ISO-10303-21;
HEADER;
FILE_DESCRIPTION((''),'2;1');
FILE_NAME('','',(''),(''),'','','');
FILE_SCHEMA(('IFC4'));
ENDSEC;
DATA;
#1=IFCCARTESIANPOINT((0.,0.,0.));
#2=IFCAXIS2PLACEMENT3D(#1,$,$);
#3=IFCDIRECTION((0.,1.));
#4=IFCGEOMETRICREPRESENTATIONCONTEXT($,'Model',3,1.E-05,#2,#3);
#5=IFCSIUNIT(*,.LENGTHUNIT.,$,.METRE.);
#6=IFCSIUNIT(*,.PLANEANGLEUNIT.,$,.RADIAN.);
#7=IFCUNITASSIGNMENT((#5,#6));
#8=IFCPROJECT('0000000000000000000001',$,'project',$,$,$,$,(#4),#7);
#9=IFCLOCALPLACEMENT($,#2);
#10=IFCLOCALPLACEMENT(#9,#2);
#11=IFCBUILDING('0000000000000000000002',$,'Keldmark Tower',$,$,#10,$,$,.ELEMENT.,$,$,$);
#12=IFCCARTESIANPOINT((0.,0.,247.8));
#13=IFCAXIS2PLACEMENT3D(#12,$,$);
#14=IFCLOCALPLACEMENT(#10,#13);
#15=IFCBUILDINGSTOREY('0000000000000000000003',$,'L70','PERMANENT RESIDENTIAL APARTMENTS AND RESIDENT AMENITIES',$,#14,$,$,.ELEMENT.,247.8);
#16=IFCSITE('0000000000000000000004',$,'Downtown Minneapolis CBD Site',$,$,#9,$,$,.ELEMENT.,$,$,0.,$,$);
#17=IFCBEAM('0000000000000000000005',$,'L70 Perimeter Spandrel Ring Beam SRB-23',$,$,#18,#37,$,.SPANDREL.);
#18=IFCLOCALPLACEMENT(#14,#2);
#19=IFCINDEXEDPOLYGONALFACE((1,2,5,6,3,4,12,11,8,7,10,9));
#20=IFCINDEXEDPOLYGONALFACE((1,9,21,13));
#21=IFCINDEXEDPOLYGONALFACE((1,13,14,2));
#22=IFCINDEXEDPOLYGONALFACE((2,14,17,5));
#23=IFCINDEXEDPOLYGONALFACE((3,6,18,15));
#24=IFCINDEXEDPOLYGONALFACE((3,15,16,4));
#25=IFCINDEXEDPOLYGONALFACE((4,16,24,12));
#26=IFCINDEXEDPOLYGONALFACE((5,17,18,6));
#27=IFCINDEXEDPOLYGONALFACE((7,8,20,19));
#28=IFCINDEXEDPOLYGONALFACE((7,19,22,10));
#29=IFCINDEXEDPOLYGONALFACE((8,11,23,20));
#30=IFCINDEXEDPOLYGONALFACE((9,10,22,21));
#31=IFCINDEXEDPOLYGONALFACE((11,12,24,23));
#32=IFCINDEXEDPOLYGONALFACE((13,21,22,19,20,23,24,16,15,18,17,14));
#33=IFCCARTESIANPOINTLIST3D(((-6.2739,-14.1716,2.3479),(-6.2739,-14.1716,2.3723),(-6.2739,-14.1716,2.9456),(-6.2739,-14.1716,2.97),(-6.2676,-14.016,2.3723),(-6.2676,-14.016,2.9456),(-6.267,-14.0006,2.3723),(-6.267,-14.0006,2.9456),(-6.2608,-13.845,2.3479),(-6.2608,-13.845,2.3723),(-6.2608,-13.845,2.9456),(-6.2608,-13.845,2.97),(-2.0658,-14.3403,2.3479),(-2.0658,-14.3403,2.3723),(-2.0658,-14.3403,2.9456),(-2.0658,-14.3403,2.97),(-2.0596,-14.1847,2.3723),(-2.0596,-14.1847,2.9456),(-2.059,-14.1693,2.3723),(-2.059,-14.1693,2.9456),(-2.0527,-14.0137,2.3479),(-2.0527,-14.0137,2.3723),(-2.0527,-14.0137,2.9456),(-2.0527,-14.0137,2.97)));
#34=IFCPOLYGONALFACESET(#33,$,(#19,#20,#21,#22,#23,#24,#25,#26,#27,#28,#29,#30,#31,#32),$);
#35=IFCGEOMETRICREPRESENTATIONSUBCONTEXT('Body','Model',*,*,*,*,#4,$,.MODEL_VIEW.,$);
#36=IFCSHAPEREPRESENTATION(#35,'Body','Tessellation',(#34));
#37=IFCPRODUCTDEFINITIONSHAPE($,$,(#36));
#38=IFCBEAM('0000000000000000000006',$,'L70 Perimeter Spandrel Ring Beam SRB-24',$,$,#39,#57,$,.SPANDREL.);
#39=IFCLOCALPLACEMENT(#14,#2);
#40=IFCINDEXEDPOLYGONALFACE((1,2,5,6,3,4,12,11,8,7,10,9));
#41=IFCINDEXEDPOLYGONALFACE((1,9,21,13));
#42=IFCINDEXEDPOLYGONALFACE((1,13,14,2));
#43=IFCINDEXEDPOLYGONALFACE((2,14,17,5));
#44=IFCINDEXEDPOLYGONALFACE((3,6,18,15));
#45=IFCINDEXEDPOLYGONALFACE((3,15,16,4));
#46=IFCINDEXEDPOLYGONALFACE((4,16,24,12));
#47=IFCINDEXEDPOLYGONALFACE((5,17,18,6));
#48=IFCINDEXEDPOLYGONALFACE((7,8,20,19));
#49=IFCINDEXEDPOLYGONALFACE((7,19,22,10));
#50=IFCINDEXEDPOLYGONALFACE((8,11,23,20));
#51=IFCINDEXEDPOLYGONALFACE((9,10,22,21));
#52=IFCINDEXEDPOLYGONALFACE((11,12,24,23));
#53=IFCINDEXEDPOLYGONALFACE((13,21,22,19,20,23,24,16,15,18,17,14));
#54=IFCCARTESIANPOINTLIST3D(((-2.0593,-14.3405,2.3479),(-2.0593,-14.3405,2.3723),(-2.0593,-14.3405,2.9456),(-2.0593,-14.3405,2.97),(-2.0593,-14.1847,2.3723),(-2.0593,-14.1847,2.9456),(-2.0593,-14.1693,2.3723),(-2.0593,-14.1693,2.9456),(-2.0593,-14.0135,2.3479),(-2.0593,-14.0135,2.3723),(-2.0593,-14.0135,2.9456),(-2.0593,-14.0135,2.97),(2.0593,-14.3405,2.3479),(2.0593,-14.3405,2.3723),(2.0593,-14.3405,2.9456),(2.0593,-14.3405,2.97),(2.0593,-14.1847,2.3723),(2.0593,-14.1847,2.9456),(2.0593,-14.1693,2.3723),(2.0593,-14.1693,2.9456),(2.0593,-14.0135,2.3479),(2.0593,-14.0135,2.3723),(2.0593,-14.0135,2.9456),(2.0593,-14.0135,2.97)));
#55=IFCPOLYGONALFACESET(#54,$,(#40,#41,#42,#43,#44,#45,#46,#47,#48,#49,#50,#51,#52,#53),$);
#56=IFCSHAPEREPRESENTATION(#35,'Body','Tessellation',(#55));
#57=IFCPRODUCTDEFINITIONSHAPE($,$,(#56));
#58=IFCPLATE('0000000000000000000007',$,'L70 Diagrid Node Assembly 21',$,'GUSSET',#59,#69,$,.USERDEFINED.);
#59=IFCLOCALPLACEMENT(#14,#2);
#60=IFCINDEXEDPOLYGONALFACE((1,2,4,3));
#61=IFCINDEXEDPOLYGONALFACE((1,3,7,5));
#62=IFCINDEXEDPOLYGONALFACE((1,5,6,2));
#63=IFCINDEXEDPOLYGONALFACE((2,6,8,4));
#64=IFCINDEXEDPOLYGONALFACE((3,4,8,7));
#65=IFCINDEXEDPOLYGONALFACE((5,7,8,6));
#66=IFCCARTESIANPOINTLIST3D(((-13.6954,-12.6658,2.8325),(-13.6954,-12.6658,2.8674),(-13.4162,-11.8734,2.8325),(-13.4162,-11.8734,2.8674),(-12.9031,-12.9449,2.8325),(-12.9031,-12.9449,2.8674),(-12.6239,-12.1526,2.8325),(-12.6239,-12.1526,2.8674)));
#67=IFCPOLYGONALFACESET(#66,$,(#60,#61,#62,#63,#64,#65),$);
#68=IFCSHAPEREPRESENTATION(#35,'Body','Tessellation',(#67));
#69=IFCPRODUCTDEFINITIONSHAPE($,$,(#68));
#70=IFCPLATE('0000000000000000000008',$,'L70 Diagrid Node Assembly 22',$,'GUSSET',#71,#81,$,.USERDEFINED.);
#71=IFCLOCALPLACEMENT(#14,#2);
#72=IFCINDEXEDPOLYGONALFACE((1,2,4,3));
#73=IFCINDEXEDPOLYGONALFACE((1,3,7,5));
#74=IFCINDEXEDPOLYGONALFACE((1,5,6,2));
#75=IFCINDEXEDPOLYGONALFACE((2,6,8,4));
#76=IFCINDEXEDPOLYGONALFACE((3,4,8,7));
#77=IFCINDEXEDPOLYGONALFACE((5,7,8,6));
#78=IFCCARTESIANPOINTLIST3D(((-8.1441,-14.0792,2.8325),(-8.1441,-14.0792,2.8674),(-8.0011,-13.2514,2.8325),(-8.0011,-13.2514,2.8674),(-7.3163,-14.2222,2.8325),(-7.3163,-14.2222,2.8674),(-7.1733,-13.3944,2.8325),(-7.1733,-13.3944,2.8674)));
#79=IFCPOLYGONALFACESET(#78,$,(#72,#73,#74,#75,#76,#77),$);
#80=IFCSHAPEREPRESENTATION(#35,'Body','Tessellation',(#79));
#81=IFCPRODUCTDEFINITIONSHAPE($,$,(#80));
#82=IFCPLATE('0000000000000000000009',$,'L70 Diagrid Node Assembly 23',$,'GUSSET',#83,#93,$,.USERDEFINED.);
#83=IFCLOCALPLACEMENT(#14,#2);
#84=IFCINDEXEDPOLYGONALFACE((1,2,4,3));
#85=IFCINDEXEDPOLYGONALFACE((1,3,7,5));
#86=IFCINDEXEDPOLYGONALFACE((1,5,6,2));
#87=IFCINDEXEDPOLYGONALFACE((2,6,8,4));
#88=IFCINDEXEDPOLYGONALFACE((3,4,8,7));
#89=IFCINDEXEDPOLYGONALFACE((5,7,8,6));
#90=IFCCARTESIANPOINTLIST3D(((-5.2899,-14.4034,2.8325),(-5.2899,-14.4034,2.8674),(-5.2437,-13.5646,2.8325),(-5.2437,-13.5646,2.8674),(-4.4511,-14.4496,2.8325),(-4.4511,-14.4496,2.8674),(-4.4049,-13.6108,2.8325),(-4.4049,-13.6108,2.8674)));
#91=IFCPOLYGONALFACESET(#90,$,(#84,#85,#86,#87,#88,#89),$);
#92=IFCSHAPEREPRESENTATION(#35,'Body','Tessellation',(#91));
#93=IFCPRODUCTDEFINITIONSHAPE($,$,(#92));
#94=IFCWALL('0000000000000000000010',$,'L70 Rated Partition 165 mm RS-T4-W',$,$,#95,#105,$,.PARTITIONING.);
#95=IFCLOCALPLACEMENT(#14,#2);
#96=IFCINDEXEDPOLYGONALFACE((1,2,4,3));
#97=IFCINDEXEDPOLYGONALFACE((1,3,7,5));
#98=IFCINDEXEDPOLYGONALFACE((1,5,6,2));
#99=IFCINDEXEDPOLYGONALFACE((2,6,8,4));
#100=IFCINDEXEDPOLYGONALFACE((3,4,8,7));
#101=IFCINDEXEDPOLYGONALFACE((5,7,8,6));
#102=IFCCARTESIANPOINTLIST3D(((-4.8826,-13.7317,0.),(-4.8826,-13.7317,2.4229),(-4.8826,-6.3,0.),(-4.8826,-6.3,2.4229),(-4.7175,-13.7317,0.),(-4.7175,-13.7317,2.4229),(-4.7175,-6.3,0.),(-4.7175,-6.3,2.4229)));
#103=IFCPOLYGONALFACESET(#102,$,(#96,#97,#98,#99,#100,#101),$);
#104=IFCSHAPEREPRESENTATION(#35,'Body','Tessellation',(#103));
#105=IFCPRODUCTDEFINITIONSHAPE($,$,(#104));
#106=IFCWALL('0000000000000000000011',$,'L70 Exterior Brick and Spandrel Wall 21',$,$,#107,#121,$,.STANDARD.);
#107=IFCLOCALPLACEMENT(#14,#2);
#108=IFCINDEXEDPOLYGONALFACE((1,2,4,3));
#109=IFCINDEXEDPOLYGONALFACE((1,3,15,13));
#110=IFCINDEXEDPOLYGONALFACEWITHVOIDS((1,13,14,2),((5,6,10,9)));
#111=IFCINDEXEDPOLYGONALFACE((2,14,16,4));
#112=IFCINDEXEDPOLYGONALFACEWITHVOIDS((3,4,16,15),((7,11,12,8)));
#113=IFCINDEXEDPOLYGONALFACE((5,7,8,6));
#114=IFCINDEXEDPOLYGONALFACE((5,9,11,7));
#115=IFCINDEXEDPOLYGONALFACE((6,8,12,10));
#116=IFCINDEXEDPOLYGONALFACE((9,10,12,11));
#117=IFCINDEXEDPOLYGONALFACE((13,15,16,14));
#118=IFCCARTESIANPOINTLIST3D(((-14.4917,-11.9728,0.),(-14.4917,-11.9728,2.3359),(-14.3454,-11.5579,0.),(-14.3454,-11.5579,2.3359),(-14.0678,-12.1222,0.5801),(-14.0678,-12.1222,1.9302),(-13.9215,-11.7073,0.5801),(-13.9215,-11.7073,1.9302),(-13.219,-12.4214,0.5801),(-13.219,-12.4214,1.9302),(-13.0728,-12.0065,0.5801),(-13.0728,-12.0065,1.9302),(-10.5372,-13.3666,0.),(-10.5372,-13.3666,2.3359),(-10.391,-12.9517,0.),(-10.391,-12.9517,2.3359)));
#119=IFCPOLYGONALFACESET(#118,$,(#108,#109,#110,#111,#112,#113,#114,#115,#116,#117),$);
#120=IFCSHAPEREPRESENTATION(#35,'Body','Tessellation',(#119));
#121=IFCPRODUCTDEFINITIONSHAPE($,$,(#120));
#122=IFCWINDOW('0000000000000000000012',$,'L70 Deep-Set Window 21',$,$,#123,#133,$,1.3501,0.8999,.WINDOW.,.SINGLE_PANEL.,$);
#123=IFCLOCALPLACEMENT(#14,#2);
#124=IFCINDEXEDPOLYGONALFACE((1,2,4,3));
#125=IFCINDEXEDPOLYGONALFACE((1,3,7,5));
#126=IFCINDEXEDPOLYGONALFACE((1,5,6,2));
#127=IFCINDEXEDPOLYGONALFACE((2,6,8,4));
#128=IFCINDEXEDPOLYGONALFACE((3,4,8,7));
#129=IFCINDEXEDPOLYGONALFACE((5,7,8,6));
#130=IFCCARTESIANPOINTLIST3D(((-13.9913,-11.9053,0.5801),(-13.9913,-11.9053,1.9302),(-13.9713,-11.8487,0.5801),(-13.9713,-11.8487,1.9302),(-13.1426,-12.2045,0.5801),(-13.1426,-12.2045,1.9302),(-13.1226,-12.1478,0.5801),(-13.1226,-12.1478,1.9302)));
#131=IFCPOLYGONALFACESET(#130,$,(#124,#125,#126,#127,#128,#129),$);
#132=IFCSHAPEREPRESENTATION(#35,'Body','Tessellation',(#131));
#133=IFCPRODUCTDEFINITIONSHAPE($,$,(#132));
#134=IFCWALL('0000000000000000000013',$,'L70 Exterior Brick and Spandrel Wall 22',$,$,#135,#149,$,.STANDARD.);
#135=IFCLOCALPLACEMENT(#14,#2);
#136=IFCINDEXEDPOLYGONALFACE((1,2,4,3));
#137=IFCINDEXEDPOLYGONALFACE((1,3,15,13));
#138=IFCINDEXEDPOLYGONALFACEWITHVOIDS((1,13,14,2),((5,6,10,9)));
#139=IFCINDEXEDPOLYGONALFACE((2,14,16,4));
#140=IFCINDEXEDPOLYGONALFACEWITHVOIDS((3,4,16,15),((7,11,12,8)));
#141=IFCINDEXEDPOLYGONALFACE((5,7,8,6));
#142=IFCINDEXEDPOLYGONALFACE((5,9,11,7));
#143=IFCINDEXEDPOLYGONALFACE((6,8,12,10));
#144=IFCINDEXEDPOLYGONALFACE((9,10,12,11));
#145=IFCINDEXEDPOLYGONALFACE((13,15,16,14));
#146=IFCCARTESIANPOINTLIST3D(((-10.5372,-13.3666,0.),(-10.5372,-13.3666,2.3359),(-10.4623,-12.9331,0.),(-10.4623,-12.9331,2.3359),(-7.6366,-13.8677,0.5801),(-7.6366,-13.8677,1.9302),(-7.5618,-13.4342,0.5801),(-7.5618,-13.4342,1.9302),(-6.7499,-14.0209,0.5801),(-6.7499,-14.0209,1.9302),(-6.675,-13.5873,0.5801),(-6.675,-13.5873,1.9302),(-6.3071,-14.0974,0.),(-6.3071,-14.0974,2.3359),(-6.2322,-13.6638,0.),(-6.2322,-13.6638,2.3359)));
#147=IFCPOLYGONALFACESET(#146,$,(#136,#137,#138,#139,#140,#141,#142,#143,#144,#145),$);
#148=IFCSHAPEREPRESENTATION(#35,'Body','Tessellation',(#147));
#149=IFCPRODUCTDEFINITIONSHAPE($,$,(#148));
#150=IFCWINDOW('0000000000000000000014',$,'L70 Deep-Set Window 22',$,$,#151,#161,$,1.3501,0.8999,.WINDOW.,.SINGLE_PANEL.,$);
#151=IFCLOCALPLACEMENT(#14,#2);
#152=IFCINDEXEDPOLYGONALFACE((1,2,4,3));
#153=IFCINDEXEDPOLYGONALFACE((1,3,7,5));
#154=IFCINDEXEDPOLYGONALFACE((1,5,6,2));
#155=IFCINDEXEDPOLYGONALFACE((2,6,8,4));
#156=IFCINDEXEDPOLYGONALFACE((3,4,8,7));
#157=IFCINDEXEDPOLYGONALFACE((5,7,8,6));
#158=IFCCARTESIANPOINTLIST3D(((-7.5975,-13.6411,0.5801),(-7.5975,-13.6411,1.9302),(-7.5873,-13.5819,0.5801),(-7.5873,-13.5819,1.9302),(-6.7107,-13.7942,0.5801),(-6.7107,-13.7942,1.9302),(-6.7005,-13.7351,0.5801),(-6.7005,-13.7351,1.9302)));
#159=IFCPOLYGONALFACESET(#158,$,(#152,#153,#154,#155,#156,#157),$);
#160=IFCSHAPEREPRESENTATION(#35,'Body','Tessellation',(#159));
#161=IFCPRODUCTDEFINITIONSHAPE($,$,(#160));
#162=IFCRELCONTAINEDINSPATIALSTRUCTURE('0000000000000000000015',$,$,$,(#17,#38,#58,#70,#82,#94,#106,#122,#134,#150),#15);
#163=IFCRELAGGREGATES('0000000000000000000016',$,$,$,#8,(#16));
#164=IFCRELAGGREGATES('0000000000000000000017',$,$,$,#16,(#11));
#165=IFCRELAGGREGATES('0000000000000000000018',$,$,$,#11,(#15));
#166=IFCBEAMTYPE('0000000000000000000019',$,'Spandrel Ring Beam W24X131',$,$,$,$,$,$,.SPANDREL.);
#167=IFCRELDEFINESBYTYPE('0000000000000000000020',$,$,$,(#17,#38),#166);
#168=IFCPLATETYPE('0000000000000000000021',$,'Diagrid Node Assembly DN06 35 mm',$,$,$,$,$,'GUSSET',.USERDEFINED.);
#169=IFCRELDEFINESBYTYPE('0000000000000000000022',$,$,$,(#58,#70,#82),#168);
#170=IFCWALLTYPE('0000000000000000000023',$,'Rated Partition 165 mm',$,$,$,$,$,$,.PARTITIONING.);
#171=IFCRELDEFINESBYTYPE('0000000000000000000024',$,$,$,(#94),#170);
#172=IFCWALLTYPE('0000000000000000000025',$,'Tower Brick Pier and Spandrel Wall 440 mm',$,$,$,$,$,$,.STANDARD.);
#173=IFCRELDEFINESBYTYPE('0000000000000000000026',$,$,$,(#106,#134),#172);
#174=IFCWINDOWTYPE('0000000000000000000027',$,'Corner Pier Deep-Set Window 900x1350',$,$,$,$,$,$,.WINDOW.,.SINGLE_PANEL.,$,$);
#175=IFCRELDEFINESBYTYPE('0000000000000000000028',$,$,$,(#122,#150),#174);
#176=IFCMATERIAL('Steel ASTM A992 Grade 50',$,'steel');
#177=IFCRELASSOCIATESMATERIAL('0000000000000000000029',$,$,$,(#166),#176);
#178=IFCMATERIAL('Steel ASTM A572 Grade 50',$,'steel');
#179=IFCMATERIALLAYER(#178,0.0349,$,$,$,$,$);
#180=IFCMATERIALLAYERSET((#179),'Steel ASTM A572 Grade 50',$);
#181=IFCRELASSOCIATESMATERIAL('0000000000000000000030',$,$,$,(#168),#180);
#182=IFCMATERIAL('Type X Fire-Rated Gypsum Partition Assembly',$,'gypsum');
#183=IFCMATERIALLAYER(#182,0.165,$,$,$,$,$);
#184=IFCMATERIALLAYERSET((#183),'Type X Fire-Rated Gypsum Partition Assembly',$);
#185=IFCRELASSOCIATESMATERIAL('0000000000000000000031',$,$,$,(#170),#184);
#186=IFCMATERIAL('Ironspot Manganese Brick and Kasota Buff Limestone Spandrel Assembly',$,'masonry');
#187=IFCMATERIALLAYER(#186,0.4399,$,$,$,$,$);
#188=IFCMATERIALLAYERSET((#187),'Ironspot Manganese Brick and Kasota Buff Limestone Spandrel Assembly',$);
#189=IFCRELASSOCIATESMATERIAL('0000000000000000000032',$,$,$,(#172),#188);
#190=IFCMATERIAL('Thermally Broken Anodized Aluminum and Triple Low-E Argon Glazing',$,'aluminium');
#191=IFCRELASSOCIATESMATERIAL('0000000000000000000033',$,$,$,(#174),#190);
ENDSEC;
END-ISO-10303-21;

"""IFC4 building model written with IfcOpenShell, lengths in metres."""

from ifc_helpers import new_model, si_unit, direction, frame, frame_2d, origin, origin_2d, place, context, subcontext, project, spatial, rectangle, i_section, extrude, material, layer, layer_set, material_profile, profile_set, type_object, element, fill, save


model = new_model("IFC4")

# Units and contexts
model_context = context("Model", 3, precision=1e-05, world=origin(), true_north=direction((0.0, 1.0)))
body_context = subcontext(model_context, "Body", "Model", "MODEL_VIEW")
ifc_project = project(units=[si_unit("LENGTHUNIT", "METRE"), si_unit("PLANEANGLEUNIT", "RADIAN")], contexts=[model_context])

# Site, building, storey
site_placement = place(None, origin())
site = spatial("IfcSite", under=ifc_project, at=site_placement, Name="Downtown Minneapolis CBD Site", CompositionType="ELEMENT", RefElevation=0.0)
building_placement = place(site_placement, origin())
building = spatial("IfcBuilding", under=site, at=building_placement, Name="Keldmark Tower", CompositionType="ELEMENT")
storey_placement = place(building_placement, frame((0.0, 0.0, 247.8)))
storey = spatial("IfcBuildingStorey", under=building, at=storey_placement, Name="L70", Description="PERMANENT RESIDENTIAL APARTMENTS AND RESIDENT AMENITIES", CompositionType="ELEMENT", Elevation=247.8)

# Beams
ifc_material_1 = material(Name="Steel ASTM A992 Grade 50", Category="steel")
ifc_material_profile_1 = material_profile(ifc_material_1, i_section(OverallWidth=0.3269, OverallDepth=0.6221, WebThickness=0.0154, FlangeThickness=0.0244, at=origin_2d()), Name="W24X131")
ifc_profile_set_1 = profile_set([ifc_material_profile_1], Name="Steel ASTM A992 Grade 50")
beam_type_1 = type_object("IfcBeamType", Name="Spandrel Ring Beam W24X131", PredefinedType="SPANDREL", material=ifc_profile_set_1)
beam_1_placement = place(storey_placement, frame((-6.2673, -14.0083, 2.6589), z_axis=(0.999197, -0.040058, 0.0), x_axis=(0.040058, 0.999197, 0.0)))
element("IfcBeam", 1, at=beam_1_placement, inside=storey, type_object=beam_type_1, Name="L70 Perimeter Spandrel Ring Beam SRB-23", PredefinedType="SPANDREL", context=body_context, shape_type="SweptSolid", body=[
    extrude(i_section(OverallWidth=0.3269, OverallDepth=0.6221, WebThickness=0.0154, FlangeThickness=0.0244, at=origin_2d()), origin(), (0.0, 0.0, 1.0), 4.2114),
])
beam_2_placement = place(storey_placement, frame((-2.0593, -14.177, 2.6589), z_axis=(1.0, 0.0, 0.0), x_axis=(0.0, 1.0, 0.0)))
element("IfcBeam", 2, at=beam_2_placement, inside=storey, type_object=beam_type_1, Name="L70 Perimeter Spandrel Ring Beam SRB-24", PredefinedType="SPANDREL", context=body_context, shape_type="SweptSolid", body=[
    extrude(i_section(OverallWidth=0.3269, OverallDepth=0.6221, WebThickness=0.0154, FlangeThickness=0.0244, at=origin_2d()), origin(), (0.0, 0.0, 1.0), 4.1187),
])

# Plates
ifc_material_2 = material(Name="Steel ASTM A572 Grade 50", Category="steel")
ifc_layer_1 = layer(ifc_material_2, 0.0349)
ifc_layer_set_1 = layer_set([ifc_layer_1], Name="Steel ASTM A572 Grade 50")
plate_type = type_object("IfcPlateType", Name="Diagrid Node Assembly DN06 35 mm", ElementType="GUSSET", PredefinedType="USERDEFINED", material=ifc_layer_set_1)
for number, where, z_axis, x_axis, name in (
    (3, (-13.1597, -12.4092, 2.8325), (0.0, 0.0, 1.0), (0.943165, -0.332326, 0.0), "L70 Diagrid Node Assembly 21"),
    (4, (-7.6587, -13.7368, 2.8325), (0.0, 0.0, 1.0), (0.985408, -0.170209, 0.0), "L70 Diagrid Node Assembly 22"),
    (5, (-4.8474, -14.0071, 2.8325), (0.0, 0.0, 1.0), (0.998489, -0.05495, 0.0), "L70 Diagrid Node Assembly 23"),
):
    element("IfcPlate", number, at=place(storey_placement, frame(where, z_axis=z_axis, x_axis=x_axis)), inside=storey, type_object=plate_type, Name=name, ObjectType="GUSSET", PredefinedType="USERDEFINED", context=body_context, shape_type="SweptSolid", body=[
        extrude(rectangle(XDim=0.8401, YDim=0.8401, at=origin_2d()), origin(), (0.0, 0.0, 1.0), 0.0349),
    ])

# Wall
ifc_material_3 = material(Name="Type X Fire-Rated Gypsum Partition Assembly", Category="gypsum")
ifc_layer_2 = layer(ifc_material_3, 0.165)
ifc_layer_set_2 = layer_set([ifc_layer_2], Name="Type X Fire-Rated Gypsum Partition Assembly")
wall_type_1 = type_object("IfcWallType", Name="Rated Partition 165 mm", PredefinedType="PARTITIONING", material=ifc_layer_set_2)
wall_1_placement = place(storey_placement, frame((-4.8, -13.7317, 0.0), z_axis=(0.0, 0.0, 1.0), x_axis=(0.0, 1.0, 0.0)))
element("IfcWall", 6, at=wall_1_placement, inside=storey, type_object=wall_type_1, Name="L70 Rated Partition 165 mm RS-T4-W", PredefinedType="PARTITIONING", context=body_context, shape_type="SweptSolid", body=[
    extrude(rectangle(XDim=7.4316, YDim=0.165, at=frame_2d((3.7158, 0.0))), origin(), (0.0, 0.0, 1.0), 2.4229),
])

# Walls, openings, windows
ifc_material_4 = material(Name="Ironspot Manganese Brick and Kasota Buff Limestone Spandrel Assembly", Category="masonry")
ifc_layer_3 = layer(ifc_material_4, 0.4399)
ifc_layer_set_3 = layer_set([ifc_layer_3], Name="Ironspot Manganese Brick and Kasota Buff Limestone Spandrel Assembly")
wall_type_2 = type_object("IfcWallType", Name="Tower Brick Pier and Spandrel Wall 440 mm", PredefinedType="STANDARD", material=ifc_layer_set_3)
wall_2_placement = place(storey_placement, frame((-10.4641, -13.1592, 0.0), z_axis=(0.0, 0.0, 1.0), x_axis=(-0.943129, 0.332427, 0.0)))
wall_2 = element("IfcWall", 7, at=wall_2_placement, inside=storey, type_object=wall_type_2, Name="L70 Exterior Brick and Spandrel Wall 21", PredefinedType="STANDARD", context=body_context, shape_type="SweptSolid", body=[
    extrude(rectangle(XDim=4.1929, YDim=0.4399, at=frame_2d((2.0964, 0.0))), origin(), (0.0, 0.0, 1.0), 2.3359),
])
opening_1_placement = place(wall_2_placement, frame((2.8435, 0.0, 0.5801)))
opening_1 = element("IfcOpeningElement", 8, at=opening_1_placement, cuts=wall_2, PredefinedType="OPENING", context=body_context, shape_type="SweptSolid", body=[
    extrude(rectangle(XDim=0.8999, YDim=1.3501, at=frame_2d((0.45, 0.675))), frame((0.0, 0.23, 0.0), z_axis=(0.0, -1.0, 0.0), x_axis=(1.0, 0.0, 0.0)), (0.0, 0.0, 1.0), 0.46),
])
ifc_material_5 = material(Name="Thermally Broken Anodized Aluminum and Triple Low-E Argon Glazing", Category="aluminium")
window_type = type_object("IfcWindowType", Name="Corner Pier Deep-Set Window 900x1350", PartitioningType="SINGLE_PANEL", PredefinedType="WINDOW", material=ifc_material_5)
window_1_placement = place(opening_1_placement, origin())
window_1 = element("IfcWindow", 9, at=window_1_placement, inside=storey, type_object=window_type, Name="L70 Deep-Set Window 21", OverallHeight=1.3501, OverallWidth=0.8999, PartitioningType="SINGLE_PANEL", PredefinedType="WINDOW", context=body_context, shape_type="SweptSolid", body=[
    extrude(rectangle(XDim=0.8999, YDim=1.3501, at=frame_2d((0.45, 0.675))), frame((0.0, -0.01, 0.0), z_axis=(0.0, -1.0, 0.0), x_axis=(1.0, 0.0, 0.0)), (0.0, 0.0, 1.0), 0.0601),
])
fill(opening_1, window_1)
wall_3_placement = place(storey_placement, frame((-6.2695, -13.8806, 0.0), z_axis=(0.0, 0.0, 1.0), x_axis=(-0.985405, 0.170225, 0.0)))
wall_3 = element("IfcWall", 10, at=wall_3_placement, inside=storey, type_object=wall_type_2, Name="L70 Exterior Brick and Spandrel Wall 22", PredefinedType="STANDARD", context=body_context, shape_type="SweptSolid", body=[
    extrude(rectangle(XDim=4.2927, YDim=0.4399, at=frame_2d((2.1465, 0.0))), origin(), (0.0, 0.0, 1.0), 2.3359),
])
opening_2_placement = place(wall_3_placement, frame((0.4495, 0.0, 0.5801)))
opening_2 = element("IfcOpeningElement", 11, at=opening_2_placement, cuts=wall_3, PredefinedType="OPENING", context=body_context, shape_type="SweptSolid", body=[
    extrude(rectangle(XDim=0.8999, YDim=1.3501, at=frame_2d((0.45, 0.675))), frame((0.0, 0.23, 0.0), z_axis=(0.0, -1.0, 0.0), x_axis=(1.0, 0.0, 0.0)), (0.0, 0.0, 1.0), 0.46),
])
window_2_placement = place(opening_2_placement, origin())
window_2 = element("IfcWindow", 12, at=window_2_placement, inside=storey, type_object=window_type, Name="L70 Deep-Set Window 22", OverallHeight=1.3501, OverallWidth=0.8999, PartitioningType="SINGLE_PANEL", PredefinedType="WINDOW", context=body_context, shape_type="SweptSolid", body=[
    extrude(rectangle(XDim=0.8999, YDim=1.3501, at=frame_2d((0.45, 0.675))), frame((0.0, -0.01, 0.0), z_axis=(0.0, -1.0, 0.0), x_axis=(1.0, 0.0, 0.0)), (0.0, 0.0, 1.0), 0.0601),
])
fill(opening_2, window_2)

save(model, "model.ifc")
